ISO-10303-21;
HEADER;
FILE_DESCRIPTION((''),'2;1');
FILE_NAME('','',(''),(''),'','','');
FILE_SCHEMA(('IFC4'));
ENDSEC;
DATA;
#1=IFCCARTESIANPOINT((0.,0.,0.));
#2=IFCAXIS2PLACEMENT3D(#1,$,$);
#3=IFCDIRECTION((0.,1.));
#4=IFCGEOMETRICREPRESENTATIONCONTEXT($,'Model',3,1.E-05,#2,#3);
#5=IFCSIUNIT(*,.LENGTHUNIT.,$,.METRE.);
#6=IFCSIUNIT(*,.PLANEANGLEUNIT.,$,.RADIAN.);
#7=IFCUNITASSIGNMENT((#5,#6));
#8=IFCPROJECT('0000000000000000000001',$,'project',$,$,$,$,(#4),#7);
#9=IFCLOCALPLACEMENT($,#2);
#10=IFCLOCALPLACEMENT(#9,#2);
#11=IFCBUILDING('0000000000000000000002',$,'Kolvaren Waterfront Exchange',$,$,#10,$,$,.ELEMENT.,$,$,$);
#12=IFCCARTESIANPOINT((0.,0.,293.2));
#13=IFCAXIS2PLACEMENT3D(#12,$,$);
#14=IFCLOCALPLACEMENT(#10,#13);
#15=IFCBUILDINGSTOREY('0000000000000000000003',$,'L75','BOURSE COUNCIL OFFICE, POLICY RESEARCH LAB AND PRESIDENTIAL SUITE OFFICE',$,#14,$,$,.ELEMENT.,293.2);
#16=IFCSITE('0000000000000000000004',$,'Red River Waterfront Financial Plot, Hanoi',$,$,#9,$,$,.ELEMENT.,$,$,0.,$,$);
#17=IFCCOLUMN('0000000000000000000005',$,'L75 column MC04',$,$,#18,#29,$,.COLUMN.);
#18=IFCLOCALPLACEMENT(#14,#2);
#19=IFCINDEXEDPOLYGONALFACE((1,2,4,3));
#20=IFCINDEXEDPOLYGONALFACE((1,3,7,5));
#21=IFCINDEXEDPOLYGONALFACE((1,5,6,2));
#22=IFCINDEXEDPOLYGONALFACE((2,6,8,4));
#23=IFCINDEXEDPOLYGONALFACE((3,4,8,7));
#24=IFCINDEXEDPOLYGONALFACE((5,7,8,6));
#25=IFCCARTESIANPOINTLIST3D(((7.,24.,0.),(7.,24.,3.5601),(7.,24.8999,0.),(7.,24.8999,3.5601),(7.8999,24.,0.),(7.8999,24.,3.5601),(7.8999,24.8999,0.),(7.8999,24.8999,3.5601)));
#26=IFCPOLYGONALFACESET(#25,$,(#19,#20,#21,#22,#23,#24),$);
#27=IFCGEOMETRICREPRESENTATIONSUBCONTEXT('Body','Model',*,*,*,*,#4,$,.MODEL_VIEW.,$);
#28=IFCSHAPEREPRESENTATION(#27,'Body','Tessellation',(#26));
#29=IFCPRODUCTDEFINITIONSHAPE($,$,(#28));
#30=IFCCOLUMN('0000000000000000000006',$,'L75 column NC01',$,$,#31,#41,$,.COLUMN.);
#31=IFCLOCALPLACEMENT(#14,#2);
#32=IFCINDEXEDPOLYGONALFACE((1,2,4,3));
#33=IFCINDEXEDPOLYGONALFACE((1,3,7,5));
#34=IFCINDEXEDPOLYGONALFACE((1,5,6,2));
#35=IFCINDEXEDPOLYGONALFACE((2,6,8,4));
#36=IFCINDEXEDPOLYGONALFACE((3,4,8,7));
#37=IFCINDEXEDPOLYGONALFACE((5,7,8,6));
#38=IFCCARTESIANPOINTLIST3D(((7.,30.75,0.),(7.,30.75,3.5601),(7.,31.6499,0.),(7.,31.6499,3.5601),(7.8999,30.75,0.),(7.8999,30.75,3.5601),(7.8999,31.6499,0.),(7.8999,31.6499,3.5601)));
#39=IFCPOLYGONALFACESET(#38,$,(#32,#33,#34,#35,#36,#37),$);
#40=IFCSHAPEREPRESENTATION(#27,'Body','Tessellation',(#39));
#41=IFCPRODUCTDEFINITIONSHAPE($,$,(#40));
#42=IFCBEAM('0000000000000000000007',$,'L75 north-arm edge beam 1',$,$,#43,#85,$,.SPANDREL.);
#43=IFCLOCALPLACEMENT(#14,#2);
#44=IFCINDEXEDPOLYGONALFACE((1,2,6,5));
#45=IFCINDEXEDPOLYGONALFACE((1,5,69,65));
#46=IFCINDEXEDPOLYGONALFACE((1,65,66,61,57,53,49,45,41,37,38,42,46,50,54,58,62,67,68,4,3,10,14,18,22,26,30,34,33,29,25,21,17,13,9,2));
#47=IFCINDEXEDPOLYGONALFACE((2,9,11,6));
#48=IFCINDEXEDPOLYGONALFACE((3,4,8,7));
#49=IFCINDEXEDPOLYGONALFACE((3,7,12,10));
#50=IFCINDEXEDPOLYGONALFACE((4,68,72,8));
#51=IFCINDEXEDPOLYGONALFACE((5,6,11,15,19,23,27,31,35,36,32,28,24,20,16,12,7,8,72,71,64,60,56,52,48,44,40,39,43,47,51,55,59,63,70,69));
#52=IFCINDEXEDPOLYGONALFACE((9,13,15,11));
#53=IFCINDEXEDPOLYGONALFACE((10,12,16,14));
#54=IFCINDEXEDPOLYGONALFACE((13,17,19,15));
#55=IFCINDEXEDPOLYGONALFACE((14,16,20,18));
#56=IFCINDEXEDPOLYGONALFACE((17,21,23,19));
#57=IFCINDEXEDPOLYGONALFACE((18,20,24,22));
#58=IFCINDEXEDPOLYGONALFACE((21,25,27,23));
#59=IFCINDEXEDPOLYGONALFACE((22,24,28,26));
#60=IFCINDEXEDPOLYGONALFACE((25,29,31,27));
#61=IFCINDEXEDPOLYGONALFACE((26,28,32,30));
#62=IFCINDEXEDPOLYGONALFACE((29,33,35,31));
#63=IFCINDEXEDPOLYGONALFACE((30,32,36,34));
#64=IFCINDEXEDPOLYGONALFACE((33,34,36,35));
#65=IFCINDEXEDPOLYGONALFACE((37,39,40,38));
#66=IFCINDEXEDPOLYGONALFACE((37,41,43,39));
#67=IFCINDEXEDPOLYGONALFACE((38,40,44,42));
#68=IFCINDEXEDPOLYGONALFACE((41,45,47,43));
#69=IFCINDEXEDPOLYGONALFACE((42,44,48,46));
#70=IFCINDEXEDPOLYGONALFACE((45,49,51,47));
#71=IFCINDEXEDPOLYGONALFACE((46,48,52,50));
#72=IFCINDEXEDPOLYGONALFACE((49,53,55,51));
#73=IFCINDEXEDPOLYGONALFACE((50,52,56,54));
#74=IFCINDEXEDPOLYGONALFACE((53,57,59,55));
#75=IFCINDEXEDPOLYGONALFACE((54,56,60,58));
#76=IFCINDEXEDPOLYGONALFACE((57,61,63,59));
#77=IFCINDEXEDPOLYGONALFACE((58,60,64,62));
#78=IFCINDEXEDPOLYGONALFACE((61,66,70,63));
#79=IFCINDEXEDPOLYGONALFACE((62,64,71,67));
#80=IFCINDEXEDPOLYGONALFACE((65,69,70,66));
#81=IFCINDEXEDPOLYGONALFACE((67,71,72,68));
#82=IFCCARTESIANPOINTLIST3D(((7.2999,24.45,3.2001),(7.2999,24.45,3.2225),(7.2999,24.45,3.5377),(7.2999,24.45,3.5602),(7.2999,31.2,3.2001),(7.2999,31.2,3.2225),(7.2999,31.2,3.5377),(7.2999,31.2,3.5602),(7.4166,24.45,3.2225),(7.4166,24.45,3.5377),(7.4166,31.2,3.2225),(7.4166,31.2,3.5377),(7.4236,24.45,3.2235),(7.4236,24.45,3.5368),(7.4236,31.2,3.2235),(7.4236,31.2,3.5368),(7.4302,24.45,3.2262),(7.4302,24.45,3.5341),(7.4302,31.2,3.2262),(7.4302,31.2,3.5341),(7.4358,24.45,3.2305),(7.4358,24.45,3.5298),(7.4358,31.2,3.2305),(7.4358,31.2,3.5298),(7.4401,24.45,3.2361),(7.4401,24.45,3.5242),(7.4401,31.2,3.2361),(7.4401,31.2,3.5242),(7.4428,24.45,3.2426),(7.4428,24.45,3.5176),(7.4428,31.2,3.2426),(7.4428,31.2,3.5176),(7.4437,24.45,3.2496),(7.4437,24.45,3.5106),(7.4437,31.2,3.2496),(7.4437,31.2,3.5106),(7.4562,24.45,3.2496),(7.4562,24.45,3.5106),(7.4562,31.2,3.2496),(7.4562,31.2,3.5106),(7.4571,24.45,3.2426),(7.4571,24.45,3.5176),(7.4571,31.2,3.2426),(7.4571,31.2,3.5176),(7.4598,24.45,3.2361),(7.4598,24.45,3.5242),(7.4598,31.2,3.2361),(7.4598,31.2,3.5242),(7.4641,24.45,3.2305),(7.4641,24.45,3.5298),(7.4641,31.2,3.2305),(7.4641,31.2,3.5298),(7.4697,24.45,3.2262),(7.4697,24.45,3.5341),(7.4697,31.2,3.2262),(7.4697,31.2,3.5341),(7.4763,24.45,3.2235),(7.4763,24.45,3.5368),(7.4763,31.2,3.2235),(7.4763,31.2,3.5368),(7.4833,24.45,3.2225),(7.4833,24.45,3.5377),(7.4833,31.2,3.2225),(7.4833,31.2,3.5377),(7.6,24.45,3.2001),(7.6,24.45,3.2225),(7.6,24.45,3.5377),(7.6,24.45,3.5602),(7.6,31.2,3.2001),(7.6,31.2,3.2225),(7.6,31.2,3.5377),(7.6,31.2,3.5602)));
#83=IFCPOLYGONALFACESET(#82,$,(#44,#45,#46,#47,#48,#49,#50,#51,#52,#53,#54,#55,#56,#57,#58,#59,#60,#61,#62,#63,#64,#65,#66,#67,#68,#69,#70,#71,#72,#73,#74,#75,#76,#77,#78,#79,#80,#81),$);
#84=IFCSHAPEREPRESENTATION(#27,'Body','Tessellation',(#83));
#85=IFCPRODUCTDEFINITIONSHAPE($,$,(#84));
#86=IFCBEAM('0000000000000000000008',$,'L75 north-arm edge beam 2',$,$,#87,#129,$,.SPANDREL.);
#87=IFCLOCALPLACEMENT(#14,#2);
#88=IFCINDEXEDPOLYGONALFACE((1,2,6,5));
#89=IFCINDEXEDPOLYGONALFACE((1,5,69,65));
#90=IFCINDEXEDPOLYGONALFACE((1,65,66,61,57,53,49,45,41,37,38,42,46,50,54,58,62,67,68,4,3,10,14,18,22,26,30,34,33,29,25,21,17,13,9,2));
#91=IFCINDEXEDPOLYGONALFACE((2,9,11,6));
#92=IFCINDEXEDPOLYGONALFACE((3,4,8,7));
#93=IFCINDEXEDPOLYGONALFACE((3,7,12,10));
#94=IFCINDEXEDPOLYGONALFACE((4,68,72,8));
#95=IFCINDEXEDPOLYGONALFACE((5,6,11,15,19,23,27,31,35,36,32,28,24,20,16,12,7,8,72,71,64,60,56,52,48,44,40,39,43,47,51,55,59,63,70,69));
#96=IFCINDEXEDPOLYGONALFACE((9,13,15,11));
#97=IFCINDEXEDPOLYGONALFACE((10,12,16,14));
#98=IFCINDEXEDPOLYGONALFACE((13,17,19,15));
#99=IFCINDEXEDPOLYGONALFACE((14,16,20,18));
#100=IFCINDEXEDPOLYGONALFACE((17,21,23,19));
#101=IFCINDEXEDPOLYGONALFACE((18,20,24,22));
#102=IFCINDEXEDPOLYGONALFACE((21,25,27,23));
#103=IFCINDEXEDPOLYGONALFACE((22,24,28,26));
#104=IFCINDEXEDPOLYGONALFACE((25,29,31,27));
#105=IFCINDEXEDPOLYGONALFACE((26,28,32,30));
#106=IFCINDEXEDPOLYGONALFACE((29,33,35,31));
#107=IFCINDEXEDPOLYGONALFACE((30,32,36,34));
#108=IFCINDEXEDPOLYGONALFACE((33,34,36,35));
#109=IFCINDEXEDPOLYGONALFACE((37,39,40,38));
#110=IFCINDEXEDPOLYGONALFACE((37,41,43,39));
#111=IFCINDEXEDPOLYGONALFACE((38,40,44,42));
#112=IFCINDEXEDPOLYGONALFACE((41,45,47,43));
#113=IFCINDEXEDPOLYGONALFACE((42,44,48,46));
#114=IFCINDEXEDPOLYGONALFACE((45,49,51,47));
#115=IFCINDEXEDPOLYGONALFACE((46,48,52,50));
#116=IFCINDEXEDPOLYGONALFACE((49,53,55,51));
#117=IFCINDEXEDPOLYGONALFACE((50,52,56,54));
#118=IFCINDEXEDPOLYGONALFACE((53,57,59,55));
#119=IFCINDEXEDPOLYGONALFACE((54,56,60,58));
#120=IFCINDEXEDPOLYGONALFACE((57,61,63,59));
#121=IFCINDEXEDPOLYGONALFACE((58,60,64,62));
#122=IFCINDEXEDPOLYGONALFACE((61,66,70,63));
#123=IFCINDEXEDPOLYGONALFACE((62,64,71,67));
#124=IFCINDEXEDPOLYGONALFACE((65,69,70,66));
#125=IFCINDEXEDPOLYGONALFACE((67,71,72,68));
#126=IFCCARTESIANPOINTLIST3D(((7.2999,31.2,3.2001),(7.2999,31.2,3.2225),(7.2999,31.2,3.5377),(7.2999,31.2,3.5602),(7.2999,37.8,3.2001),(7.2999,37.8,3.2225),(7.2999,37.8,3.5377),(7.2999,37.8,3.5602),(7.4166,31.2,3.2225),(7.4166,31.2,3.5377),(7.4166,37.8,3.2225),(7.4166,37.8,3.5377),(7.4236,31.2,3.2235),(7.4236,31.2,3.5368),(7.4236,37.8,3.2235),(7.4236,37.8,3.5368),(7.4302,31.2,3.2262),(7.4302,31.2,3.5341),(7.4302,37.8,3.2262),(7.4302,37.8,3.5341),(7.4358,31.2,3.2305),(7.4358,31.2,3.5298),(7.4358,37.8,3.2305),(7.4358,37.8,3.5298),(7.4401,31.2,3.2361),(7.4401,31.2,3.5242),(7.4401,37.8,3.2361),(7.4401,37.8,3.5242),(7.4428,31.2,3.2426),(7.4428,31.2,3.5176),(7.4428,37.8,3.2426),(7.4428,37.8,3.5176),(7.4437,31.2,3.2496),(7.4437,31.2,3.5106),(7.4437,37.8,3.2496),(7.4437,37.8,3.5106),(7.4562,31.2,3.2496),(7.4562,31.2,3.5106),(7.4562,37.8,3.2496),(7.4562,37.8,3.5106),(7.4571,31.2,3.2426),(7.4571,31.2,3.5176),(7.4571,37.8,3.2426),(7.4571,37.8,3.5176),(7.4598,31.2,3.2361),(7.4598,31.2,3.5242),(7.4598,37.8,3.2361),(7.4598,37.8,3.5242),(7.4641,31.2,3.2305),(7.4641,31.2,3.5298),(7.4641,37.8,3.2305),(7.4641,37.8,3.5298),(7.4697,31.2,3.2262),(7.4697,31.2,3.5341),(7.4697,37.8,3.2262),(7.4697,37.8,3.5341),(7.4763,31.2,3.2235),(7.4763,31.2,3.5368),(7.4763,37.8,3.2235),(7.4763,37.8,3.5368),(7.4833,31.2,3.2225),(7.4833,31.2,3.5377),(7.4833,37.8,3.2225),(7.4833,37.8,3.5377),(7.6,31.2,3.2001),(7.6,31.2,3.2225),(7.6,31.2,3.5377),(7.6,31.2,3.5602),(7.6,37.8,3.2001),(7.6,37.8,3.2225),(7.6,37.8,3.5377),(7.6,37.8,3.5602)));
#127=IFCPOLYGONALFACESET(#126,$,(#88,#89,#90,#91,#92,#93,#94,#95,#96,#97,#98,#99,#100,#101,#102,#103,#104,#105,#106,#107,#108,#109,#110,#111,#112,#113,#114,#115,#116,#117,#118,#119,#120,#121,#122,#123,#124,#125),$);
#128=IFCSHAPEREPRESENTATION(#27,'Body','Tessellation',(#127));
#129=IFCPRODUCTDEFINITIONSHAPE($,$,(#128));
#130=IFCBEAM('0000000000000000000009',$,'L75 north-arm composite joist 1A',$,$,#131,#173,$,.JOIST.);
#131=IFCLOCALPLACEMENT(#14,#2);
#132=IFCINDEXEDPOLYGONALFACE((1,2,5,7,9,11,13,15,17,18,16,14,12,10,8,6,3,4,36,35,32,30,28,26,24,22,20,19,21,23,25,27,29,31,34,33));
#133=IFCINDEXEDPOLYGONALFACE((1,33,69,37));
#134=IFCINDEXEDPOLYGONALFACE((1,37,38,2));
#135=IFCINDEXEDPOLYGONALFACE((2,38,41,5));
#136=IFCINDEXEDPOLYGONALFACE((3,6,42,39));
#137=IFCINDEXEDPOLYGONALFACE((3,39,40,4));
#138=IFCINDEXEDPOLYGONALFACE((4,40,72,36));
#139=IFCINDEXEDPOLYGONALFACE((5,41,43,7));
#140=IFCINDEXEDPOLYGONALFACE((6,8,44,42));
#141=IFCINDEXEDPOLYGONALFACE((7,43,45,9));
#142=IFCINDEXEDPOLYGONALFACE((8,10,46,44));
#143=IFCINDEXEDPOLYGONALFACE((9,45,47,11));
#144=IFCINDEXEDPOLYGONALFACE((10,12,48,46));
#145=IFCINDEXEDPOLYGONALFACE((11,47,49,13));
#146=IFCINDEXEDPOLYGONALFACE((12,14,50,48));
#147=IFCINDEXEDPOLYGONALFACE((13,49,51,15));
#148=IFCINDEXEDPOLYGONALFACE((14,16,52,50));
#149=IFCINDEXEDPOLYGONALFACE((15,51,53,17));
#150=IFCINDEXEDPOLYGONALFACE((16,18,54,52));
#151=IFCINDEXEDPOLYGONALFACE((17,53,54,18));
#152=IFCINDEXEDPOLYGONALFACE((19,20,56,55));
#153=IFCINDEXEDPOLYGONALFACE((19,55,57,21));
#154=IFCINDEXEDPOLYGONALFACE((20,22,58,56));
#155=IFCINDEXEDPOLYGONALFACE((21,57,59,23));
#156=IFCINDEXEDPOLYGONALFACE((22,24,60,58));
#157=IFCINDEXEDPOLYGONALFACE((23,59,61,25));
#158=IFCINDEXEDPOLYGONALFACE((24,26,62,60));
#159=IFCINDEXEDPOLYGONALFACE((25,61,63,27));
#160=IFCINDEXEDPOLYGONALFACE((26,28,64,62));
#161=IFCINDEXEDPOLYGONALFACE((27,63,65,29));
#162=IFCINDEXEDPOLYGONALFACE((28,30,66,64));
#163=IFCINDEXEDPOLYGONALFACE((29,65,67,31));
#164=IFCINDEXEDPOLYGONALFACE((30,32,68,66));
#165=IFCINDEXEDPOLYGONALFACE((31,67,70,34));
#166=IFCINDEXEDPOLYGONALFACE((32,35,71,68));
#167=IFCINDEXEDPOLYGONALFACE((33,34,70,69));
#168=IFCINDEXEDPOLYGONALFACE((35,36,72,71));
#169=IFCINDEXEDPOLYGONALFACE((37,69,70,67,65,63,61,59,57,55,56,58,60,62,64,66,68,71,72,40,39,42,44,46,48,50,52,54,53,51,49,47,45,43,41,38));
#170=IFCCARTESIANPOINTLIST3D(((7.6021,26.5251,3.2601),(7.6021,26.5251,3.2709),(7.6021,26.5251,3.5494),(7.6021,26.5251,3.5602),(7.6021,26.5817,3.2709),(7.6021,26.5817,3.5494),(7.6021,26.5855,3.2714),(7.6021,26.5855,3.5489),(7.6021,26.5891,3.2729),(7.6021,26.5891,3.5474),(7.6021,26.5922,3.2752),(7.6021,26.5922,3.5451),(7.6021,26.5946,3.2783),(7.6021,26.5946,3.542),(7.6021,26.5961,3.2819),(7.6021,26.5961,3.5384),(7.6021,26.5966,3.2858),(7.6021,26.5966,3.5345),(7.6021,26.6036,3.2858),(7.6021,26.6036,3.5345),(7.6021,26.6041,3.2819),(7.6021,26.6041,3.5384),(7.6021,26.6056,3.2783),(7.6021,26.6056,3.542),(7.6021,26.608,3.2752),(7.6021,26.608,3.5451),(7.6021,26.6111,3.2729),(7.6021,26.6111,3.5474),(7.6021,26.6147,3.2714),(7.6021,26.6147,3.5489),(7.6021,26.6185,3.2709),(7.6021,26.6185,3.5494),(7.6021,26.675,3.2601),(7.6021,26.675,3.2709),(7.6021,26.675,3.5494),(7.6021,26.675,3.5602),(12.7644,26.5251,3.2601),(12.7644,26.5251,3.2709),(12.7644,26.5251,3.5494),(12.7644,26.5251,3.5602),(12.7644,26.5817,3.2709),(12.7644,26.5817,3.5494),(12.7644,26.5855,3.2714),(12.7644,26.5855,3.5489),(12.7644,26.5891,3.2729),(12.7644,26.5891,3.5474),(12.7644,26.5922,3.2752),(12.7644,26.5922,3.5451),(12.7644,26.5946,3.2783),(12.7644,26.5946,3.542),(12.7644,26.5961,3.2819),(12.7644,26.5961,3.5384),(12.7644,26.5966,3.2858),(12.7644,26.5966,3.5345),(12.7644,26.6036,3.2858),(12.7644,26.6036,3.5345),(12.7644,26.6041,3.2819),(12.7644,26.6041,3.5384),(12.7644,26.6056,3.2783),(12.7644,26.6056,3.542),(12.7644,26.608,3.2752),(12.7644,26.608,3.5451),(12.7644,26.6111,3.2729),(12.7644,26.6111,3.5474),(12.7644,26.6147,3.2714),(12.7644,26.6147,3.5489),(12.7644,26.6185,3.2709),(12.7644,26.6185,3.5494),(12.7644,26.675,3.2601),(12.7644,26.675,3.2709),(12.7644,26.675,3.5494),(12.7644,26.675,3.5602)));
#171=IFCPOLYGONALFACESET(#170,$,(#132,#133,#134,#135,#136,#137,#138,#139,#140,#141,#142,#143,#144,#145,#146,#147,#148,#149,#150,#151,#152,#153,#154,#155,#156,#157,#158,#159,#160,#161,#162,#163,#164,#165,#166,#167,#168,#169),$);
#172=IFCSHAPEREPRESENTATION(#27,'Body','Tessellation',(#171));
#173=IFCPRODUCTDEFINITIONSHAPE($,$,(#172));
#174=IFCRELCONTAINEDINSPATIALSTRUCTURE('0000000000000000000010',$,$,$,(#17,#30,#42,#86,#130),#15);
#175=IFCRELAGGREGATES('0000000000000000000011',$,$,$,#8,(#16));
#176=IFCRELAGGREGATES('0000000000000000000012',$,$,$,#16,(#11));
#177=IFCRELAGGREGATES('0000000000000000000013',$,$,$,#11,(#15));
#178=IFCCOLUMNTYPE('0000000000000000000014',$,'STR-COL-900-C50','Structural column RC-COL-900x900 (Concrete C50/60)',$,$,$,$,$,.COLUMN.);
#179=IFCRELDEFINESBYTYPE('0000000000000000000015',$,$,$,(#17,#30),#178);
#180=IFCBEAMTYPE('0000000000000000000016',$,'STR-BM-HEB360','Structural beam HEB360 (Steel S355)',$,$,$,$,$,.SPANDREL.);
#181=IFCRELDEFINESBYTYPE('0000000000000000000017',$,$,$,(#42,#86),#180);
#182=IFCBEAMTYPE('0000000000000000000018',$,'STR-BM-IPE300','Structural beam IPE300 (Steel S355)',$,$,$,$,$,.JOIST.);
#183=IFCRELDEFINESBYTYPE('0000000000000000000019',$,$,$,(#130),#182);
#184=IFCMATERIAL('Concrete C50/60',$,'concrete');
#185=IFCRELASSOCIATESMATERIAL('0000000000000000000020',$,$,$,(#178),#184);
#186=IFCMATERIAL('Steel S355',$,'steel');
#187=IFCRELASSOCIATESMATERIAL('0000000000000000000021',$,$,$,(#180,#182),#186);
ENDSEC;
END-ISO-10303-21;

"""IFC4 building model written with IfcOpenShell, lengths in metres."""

from ifc_helpers import new_model, si_unit, direction, frame, origin, origin_2d, place, context, subcontext, project, spatial, rectangle, i_section, extrude, material, material_profile, profile_set, type_object, element, save


model = new_model("IFC4")

# Units and contexts
model_context = context("Model", 3, precision=1e-05, world=origin(), true_north=direction((0.0, 1.0)))
body_context = subcontext(model_context, "Body", "Model", "MODEL_VIEW")
ifc_project = project(units=[si_unit("LENGTHUNIT", "METRE"), si_unit("PLANEANGLEUNIT", "RADIAN")], contexts=[model_context])

# Site, building, storey
site_placement = place(None, origin())
site = spatial("IfcSite", under=ifc_project, at=site_placement, Name="Red River Waterfront Financial Plot, Hanoi", CompositionType="ELEMENT", RefElevation=0.0)
building_placement = place(site_placement, origin())
building = spatial("IfcBuilding", under=site, at=building_placement, Name="Kolvaren Waterfront Exchange", CompositionType="ELEMENT")
storey_placement = place(building_placement, frame((0.0, 0.0, 293.2)))
storey = spatial("IfcBuildingStorey", under=building, at=storey_placement, Name="L75", Description="BOURSE COUNCIL OFFICE, POLICY RESEARCH LAB AND PRESIDENTIAL SUITE OFFICE", CompositionType="ELEMENT", Elevation=293.2)

# Columns
ifc_material_1 = material(Name="Concrete C50/60", Category="concrete")
ifc_material_profile_1 = material_profile(ifc_material_1, rectangle(XDim=0.8999, YDim=0.8999, at=origin_2d()), Name="RC-COL-900x900")
ifc_profile_set_1 = profile_set([ifc_material_profile_1], Name="Concrete C50/60")
column_type = type_object("IfcColumnType", Name="STR-COL-900-C50", Description="Structural column RC-COL-900x900 (Concrete C50/60)", PredefinedType="COLUMN", material=ifc_profile_set_1)
for number, where, z_axis, x_axis, name in (
    (1, (7.45, 24.45, 0.0), (0.0, 0.0, 1.0), (1.0, 0.0, 0.0), "L75 column MC04"),
    (2, (7.45, 31.2, 0.0), (0.0, 0.0, 1.0), (1.0, 0.0, 0.0), "L75 column NC01"),
):
    element("IfcColumn", number, at=place(storey_placement, frame(where, z_axis=z_axis, x_axis=x_axis)), inside=storey, type_object=column_type, Name=name, PredefinedType="COLUMN", context=body_context, shape_type="SweptSolid", body=[
        extrude(rectangle(XDim=0.8999, YDim=0.8999, at=origin_2d()), origin(), (0.0, 0.0, 1.0), 3.5601),
    ])

# Beams
ifc_material_2 = material(Name="Steel S355", Category="steel")
ifc_material_profile_2 = material_profile(ifc_material_2, i_section(OverallWidth=0.3, OverallDepth=0.3601, WebThickness=0.0125, FlangeThickness=0.0225, FilletRadius=0.0271, at=origin_2d()), Name="HEB360")
ifc_profile_set_2 = profile_set([ifc_material_profile_2], Name="Steel S355")
beam_type_1 = type_object("IfcBeamType", Name="STR-BM-HEB360", Description="Structural beam HEB360 (Steel S355)", PredefinedType="SPANDREL", material=ifc_profile_set_2)
beam_1_placement = place(storey_placement, frame((7.45, 24.45, 3.3801), z_axis=(0.0, 1.0, 0.0), x_axis=(-1.0, 0.0, 0.0)))
element("IfcBeam", 3, at=beam_1_placement, inside=storey, type_object=beam_type_1, Name="L75 north-arm edge beam 1", PredefinedType="SPANDREL", context=body_context, shape_type="SweptSolid", body=[
    extrude(i_section(OverallWidth=0.3, OverallDepth=0.3601, WebThickness=0.0125, FlangeThickness=0.0225, FilletRadius=0.0271, at=origin_2d()), origin(), (0.0, 0.0, 1.0), 6.75),
])
beam_2_placement = place(storey_placement, frame((7.45, 31.2, 3.3801), z_axis=(0.0, 1.0, 0.0), x_axis=(-1.0, 0.0, 0.0)))
element("IfcBeam", 4, at=beam_2_placement, inside=storey, type_object=beam_type_1, Name="L75 north-arm edge beam 2", PredefinedType="SPANDREL", context=body_context, shape_type="SweptSolid", body=[
    extrude(i_section(OverallWidth=0.3, OverallDepth=0.3601, WebThickness=0.0125, FlangeThickness=0.0225, FilletRadius=0.0271, at=origin_2d()), origin(), (0.0, 0.0, 1.0), 6.6001),
])
ifc_material_profile_3 = material_profile(ifc_material_2, i_section(OverallWidth=0.1499, OverallDepth=0.3, WebThickness=0.0071, FlangeThickness=0.0107, FilletRadius=0.0149, at=origin_2d()), Name="IPE300")
ifc_profile_set_3 = profile_set([ifc_material_profile_3], Name="Steel S355")
beam_type_2 = type_object("IfcBeamType", Name="STR-BM-IPE300", Description="Structural beam IPE300 (Steel S355)", PredefinedType="JOIST", material=ifc_profile_set_3)
for number, where, z_axis, x_axis, name in (
    (5, (7.6021, 26.6001, 3.4102), (1.0, 0.0, 0.0), (0.0, 1.0, 0.0), "L75 north-arm composite joist 1A"),
):
    element("IfcBeam", number, at=place(storey_placement, frame(where, z_axis=z_axis, x_axis=x_axis)), inside=storey, type_object=beam_type_2, Name=name, PredefinedType="JOIST", context=body_context, shape_type="SweptSolid", body=[
        extrude(i_section(OverallWidth=0.1499, OverallDepth=0.3, WebThickness=0.0071, FlangeThickness=0.0107, FilletRadius=0.0149, at=origin_2d()), origin(), (0.0, 0.0, 1.0), 5.1624),
    ])

save(model, "model.ifc")
